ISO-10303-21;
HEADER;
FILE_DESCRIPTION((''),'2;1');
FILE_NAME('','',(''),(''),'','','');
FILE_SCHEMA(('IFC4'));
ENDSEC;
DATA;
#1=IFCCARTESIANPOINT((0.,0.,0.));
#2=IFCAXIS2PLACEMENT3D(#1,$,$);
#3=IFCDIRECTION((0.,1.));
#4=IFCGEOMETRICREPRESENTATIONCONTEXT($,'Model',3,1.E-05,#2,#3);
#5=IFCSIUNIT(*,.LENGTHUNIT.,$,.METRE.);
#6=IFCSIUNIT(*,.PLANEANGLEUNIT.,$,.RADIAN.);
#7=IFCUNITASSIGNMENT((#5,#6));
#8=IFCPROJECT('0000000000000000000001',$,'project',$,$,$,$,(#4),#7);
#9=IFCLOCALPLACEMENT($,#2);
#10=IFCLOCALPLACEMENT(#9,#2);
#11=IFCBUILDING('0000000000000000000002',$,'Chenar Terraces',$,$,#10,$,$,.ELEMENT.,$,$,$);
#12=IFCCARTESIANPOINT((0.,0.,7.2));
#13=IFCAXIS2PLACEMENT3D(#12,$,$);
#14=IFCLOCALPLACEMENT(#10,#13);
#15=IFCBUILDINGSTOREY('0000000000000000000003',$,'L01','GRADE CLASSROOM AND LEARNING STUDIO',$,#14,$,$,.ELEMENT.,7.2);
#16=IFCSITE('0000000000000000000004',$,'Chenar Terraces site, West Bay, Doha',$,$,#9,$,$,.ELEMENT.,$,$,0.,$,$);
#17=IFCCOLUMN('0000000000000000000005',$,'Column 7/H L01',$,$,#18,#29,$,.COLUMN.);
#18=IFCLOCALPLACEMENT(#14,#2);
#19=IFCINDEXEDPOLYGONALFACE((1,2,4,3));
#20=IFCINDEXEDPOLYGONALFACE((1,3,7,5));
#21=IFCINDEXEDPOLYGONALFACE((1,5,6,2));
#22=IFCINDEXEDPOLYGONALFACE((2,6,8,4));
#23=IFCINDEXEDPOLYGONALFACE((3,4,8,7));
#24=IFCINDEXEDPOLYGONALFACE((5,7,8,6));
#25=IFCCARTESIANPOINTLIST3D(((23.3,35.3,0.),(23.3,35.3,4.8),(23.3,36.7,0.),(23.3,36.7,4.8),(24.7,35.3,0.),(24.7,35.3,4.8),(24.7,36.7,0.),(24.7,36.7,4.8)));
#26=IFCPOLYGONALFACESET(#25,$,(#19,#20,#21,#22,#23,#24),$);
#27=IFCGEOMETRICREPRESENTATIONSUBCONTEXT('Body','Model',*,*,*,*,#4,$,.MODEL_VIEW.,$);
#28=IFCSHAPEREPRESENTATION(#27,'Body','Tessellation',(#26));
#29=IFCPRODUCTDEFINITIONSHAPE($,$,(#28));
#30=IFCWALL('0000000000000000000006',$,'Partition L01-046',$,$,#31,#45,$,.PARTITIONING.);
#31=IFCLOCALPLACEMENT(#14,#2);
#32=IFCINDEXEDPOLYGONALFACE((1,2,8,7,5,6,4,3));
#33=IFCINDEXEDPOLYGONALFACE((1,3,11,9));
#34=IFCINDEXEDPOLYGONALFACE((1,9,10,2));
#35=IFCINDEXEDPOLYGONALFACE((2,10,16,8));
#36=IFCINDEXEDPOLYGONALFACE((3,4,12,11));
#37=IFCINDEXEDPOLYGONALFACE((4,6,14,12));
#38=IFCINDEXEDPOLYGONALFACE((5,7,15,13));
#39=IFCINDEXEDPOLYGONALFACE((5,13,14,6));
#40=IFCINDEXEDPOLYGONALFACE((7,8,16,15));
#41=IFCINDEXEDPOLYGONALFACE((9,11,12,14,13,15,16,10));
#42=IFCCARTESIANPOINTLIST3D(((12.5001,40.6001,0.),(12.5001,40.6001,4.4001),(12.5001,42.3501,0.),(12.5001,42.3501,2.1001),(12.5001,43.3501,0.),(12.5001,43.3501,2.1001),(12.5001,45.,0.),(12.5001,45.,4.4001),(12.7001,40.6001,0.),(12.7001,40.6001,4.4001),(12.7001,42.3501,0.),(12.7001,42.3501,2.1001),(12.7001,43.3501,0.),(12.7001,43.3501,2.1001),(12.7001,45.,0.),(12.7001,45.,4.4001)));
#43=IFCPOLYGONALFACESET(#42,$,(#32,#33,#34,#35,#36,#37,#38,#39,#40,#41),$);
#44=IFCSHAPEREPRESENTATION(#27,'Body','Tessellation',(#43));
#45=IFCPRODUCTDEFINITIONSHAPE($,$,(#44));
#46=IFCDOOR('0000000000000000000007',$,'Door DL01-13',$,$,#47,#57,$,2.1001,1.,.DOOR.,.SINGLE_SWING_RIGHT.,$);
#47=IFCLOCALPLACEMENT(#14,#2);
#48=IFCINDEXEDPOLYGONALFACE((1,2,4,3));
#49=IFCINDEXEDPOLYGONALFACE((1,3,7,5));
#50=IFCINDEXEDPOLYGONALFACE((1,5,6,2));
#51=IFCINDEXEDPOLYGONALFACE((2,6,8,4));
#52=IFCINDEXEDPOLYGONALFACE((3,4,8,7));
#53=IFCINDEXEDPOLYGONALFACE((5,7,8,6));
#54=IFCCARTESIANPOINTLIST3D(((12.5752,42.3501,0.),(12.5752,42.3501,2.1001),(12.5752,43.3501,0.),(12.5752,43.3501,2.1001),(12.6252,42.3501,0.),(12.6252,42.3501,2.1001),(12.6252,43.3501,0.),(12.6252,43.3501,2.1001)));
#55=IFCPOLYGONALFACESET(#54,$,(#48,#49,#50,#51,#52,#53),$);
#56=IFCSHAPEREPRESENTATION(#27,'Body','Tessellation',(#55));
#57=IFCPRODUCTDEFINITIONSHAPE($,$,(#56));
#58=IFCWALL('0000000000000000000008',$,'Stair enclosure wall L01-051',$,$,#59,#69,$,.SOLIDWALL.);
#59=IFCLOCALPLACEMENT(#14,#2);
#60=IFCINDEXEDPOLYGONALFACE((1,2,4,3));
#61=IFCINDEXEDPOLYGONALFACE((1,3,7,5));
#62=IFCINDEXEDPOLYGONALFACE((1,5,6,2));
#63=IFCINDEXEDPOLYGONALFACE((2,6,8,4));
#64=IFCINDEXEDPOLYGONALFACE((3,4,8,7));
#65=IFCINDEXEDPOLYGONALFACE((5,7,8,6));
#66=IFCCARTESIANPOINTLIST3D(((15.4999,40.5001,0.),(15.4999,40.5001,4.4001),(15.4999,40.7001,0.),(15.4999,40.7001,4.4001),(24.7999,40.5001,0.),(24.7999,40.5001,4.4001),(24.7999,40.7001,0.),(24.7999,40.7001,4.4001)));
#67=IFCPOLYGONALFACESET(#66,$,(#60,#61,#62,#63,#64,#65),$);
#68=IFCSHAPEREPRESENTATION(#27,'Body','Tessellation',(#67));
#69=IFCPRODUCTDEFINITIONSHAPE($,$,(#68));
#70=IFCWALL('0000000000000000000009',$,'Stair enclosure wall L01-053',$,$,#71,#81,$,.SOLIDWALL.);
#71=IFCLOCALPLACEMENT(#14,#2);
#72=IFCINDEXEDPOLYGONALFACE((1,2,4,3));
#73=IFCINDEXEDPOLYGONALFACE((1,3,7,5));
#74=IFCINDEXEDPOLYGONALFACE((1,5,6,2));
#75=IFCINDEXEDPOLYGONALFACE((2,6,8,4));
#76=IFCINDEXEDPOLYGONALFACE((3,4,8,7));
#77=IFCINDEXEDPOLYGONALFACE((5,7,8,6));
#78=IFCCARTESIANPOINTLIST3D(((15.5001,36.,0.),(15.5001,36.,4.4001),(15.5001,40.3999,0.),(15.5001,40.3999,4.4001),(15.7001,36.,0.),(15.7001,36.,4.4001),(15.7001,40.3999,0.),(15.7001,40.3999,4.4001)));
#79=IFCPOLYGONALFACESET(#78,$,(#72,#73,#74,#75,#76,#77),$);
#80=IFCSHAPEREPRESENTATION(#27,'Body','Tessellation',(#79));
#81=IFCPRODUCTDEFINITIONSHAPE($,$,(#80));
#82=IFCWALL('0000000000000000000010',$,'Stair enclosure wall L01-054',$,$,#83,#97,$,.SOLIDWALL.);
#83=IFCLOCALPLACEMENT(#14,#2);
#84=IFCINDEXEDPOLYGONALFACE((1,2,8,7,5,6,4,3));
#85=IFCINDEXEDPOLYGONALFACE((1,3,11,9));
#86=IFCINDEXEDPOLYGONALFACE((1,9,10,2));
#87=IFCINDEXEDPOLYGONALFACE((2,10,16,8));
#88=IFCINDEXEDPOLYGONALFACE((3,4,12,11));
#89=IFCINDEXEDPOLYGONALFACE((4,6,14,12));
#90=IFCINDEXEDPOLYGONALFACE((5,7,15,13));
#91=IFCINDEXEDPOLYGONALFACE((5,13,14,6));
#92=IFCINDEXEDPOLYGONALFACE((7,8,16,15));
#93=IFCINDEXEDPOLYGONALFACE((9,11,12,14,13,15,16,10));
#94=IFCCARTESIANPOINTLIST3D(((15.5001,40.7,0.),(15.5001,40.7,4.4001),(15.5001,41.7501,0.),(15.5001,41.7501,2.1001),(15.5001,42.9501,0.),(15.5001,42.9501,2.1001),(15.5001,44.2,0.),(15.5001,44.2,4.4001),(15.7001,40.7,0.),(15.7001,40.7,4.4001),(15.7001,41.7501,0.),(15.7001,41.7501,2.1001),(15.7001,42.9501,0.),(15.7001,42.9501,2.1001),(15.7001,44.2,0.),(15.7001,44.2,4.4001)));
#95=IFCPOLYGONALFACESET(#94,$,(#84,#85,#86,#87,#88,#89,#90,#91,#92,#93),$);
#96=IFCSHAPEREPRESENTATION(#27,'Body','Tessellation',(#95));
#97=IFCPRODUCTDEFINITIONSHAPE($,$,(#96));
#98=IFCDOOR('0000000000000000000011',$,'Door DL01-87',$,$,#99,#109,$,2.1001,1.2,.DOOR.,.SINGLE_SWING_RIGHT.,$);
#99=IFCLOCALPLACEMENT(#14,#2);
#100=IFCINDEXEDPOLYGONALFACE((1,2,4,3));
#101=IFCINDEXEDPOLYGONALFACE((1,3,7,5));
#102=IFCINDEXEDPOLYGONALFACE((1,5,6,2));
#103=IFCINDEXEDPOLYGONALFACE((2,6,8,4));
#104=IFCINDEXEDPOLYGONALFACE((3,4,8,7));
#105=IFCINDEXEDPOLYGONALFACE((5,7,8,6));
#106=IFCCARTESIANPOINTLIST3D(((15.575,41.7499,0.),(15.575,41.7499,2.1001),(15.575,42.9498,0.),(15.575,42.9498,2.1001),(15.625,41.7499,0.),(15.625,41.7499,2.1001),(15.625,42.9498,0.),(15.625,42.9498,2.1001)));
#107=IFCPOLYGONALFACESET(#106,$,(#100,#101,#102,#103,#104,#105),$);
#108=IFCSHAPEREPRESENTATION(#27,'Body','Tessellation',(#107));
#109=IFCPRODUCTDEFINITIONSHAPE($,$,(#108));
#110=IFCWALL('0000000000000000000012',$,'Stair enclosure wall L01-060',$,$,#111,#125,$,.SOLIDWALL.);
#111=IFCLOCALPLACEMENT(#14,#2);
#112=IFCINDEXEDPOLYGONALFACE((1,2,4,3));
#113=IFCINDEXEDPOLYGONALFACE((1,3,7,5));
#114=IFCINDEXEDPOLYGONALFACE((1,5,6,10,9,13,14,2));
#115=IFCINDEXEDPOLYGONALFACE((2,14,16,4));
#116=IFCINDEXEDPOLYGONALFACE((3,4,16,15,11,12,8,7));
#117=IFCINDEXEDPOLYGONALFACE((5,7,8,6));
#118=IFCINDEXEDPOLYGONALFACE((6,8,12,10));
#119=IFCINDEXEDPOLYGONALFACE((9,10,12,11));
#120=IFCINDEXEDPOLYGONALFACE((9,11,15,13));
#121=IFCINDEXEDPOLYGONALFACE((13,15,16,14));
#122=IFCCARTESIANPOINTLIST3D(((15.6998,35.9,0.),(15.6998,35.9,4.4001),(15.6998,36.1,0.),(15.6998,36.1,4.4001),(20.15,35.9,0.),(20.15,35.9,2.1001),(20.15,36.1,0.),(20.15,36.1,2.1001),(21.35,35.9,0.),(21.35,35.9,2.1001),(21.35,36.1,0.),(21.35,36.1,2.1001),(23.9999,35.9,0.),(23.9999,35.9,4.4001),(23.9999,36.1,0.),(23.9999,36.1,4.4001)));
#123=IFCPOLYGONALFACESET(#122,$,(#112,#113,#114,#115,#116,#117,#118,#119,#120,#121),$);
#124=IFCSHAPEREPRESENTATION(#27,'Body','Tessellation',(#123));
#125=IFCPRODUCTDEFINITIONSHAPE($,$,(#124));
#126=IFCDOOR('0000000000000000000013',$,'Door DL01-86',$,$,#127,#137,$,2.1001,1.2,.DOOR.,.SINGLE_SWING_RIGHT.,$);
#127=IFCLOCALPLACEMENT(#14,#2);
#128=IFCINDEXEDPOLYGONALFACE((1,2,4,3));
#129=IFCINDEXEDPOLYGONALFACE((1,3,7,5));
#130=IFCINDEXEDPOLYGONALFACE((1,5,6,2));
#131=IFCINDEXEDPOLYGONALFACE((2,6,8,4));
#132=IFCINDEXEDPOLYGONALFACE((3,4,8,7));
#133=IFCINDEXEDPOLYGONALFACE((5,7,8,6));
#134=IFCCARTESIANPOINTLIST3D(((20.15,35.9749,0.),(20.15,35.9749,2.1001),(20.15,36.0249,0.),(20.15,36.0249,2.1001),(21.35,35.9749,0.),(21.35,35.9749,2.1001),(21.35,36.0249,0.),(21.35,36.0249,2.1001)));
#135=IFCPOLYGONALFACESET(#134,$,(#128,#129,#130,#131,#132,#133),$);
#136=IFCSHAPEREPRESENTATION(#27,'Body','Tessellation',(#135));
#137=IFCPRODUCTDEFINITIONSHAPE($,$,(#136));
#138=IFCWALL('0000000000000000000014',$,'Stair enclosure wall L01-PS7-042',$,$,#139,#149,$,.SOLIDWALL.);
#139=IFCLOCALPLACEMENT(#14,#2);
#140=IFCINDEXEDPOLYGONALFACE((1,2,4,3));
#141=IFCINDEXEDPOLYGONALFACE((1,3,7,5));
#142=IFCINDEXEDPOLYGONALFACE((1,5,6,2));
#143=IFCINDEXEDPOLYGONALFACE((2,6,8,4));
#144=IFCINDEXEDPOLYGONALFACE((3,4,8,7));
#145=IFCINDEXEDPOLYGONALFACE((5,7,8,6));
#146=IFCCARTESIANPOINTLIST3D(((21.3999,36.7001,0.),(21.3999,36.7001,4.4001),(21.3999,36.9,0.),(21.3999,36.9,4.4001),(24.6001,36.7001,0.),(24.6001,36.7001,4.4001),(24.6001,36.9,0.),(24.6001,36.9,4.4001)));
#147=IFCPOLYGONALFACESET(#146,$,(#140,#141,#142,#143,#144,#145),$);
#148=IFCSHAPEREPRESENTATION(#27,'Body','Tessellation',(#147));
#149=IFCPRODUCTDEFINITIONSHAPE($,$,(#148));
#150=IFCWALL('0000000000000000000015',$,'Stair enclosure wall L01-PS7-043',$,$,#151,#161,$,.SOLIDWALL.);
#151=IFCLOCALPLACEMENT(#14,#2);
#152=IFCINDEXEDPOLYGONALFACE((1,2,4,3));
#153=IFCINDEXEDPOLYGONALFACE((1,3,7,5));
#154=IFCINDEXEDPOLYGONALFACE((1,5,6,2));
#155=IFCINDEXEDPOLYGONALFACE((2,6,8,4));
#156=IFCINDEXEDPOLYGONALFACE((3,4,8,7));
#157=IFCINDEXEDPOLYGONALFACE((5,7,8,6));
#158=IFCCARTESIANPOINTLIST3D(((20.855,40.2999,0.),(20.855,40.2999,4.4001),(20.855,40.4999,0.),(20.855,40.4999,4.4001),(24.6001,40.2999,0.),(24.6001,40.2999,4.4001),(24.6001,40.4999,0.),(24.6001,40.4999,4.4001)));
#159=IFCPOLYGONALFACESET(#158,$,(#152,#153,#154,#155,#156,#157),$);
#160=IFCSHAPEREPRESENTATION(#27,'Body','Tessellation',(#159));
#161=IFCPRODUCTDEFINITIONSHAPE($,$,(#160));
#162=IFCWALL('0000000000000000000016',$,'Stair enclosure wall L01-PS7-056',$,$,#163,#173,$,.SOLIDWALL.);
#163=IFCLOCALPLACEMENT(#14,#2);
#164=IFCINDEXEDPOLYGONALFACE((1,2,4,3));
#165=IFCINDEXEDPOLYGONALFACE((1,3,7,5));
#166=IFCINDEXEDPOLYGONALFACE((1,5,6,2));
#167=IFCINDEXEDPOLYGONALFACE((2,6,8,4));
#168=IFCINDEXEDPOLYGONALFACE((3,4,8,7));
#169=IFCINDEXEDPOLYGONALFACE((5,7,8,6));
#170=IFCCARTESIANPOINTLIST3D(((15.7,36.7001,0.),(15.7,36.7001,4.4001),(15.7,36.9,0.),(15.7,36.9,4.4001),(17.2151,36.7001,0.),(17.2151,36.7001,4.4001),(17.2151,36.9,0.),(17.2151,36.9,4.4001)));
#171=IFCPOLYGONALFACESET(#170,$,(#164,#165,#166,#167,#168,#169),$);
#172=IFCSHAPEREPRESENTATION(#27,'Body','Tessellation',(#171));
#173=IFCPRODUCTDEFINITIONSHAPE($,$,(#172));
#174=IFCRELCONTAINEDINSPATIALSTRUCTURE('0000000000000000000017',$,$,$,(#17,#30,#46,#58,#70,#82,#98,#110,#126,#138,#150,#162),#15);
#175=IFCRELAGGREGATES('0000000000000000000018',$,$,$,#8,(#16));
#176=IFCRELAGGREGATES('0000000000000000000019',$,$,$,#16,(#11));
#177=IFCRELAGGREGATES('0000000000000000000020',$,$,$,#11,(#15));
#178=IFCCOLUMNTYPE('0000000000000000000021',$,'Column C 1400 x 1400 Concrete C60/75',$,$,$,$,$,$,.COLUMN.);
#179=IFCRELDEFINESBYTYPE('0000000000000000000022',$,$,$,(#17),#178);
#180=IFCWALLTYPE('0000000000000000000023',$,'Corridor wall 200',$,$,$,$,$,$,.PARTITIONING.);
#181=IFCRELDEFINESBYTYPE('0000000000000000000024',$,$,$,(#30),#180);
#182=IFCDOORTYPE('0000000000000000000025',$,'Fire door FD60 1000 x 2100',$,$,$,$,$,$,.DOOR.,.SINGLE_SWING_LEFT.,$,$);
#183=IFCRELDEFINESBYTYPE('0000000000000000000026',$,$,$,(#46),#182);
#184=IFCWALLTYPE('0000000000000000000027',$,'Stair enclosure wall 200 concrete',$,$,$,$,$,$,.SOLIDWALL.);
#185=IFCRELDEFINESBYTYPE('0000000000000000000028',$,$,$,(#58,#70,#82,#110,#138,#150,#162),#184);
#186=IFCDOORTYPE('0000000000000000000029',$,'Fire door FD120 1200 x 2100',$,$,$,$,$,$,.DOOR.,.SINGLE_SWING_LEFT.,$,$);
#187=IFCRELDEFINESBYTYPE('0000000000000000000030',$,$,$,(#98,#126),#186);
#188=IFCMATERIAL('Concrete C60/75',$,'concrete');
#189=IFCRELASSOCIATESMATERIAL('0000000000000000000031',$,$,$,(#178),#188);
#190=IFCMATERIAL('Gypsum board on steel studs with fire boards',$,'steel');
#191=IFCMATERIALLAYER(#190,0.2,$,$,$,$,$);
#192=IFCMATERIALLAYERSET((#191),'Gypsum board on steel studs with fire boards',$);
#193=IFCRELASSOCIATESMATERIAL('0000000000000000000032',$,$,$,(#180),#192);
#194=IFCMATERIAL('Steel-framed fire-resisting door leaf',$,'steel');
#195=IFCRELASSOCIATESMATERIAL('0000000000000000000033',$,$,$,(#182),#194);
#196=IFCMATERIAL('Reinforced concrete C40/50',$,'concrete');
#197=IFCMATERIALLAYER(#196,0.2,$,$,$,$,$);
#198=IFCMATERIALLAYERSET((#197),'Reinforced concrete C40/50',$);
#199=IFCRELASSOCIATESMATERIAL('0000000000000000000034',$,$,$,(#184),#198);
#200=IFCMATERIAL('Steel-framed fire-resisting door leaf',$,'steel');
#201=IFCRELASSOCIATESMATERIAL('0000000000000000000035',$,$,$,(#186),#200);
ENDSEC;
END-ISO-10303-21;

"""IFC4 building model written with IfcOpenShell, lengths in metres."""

from ifc_helpers import new_model, si_unit, direction, frame, frame_2d, origin, origin_2d, place, context, subcontext, project, spatial, rectangle, extrude, material, layer, layer_set, material_profile, profile_set, type_object, element, fill, save


model = new_model("IFC4")

# Units and contexts
model_context = context("Model", 3, precision=1e-05, world=origin(), true_north=direction((0.0, 1.0)))
body_context = subcontext(model_context, "Body", "Model", "MODEL_VIEW")
ifc_project = project(units=[si_unit("LENGTHUNIT", "METRE"), si_unit("PLANEANGLEUNIT", "RADIAN")], contexts=[model_context])

# Site, building, storey
site_placement = place(None, origin())
site = spatial("IfcSite", under=ifc_project, at=site_placement, Name="Chenar Terraces site, West Bay, Doha", CompositionType="ELEMENT", RefElevation=0.0)
building_placement = place(site_placement, origin())
building = spatial("IfcBuilding", under=site, at=building_placement, Name="Chenar Terraces", CompositionType="ELEMENT")
storey_placement = place(building_placement, frame((0.0, 0.0, 7.2)))
storey = spatial("IfcBuildingStorey", under=building, at=storey_placement, Name="L01", Description="GRADE CLASSROOM AND LEARNING STUDIO", CompositionType="ELEMENT", Elevation=7.2)

# Column
ifc_material_1 = material(Name="Concrete C60/75", Category="concrete")
ifc_material_profile = material_profile(ifc_material_1, rectangle(XDim=1.3999, YDim=1.3999, at=origin_2d()), Name="C 1400 x 1400")
ifc_profile_set = profile_set([ifc_material_profile], Name="Concrete C60/75")
column_type = type_object("IfcColumnType", Name="Column C 1400 x 1400 Concrete C60/75", PredefinedType="COLUMN", material=ifc_profile_set)
column_placement = place(storey_placement, frame((24.0, 36.0, 0.0), z_axis=(0.0, 0.0, 1.0), x_axis=(1.0, 0.0, 0.0)))
element("IfcColumn", 1, at=column_placement, inside=storey, type_object=column_type, Name="Column 7/H L01", PredefinedType="COLUMN", context=body_context, shape_type="SweptSolid", body=[
    extrude(rectangle(XDim=1.3999, YDim=1.3999, at=origin_2d()), origin(), (0.0, 0.0, 1.0), 4.8),
])

# Wall, opening, door
ifc_material_2 = material(Name="Gypsum board on steel studs with fire boards", Category="steel")
ifc_layer_1 = layer(ifc_material_2, 0.2)
ifc_layer_set_1 = layer_set([ifc_layer_1], Name="Gypsum board on steel studs with fire boards")
wall_type_1 = type_object("IfcWallType", Name="Corridor wall 200", PredefinedType="PARTITIONING", material=ifc_layer_set_1)
wall_1_placement = place(storey_placement, frame((12.6001, 40.6001, 0.0), z_axis=(0.0, 0.0, 1.0), x_axis=(0.0, 1.0, 0.0)))
wall_1 = element("IfcWall", 2, at=wall_1_placement, inside=storey, type_object=wall_type_1, Name="Partition L01-046", PredefinedType="PARTITIONING", context=body_context, shape_type="SweptSolid", body=[
    extrude(rectangle(XDim=4.3999, YDim=0.2, at=frame_2d((2.2, 0.0))), origin(), (0.0, 0.0, 1.0), 4.4001),
])
opening_1_placement = place(wall_1_placement, frame((1.75, 0.0, 0.0)))
opening_1 = element("IfcOpeningElement", 3, at=opening_1_placement, cuts=wall_1, PredefinedType="OPENING", context=body_context, shape_type="SweptSolid", body=[
    extrude(rectangle(XDim=1.0, YDim=2.1001, at=frame_2d((0.5, 1.05))), frame((0.0, 0.1099, 0.0), z_axis=(0.0, -1.0, 0.0), x_axis=(1.0, 0.0, 0.0)), (0.0, 0.0, 1.0), 0.22),
])
ifc_material_3 = material(Name="Steel-framed fire-resisting door leaf", Category="steel")
door_type_1 = type_object("IfcDoorType", Name="Fire door FD60 1000 x 2100", OperationType="SINGLE_SWING_LEFT", PredefinedType="DOOR", material=ifc_material_3)
door_1_placement = place(opening_1_placement, origin())
door_1 = element("IfcDoor", 4, at=door_1_placement, inside=storey, type_object=door_type_1, Name="Door DL01-13", OperationType="SINGLE_SWING_RIGHT", OverallHeight=2.1001, OverallWidth=1.0, PredefinedType="DOOR", context=body_context, shape_type="SweptSolid", body=[
    extrude(rectangle(XDim=1.0, YDim=2.1001, at=frame_2d((0.5, 1.05))), frame((0.0, 0.0249, 0.0), z_axis=(0.0, -1.0, 0.0), x_axis=(1.0, 0.0, 0.0)), (0.0, 0.0, 1.0), 0.05),
])
fill(opening_1, door_1)

# Walls
ifc_material_4 = material(Name="Reinforced concrete C40/50", Category="concrete")
ifc_layer_2 = layer(ifc_material_4, 0.2)
ifc_layer_set_2 = layer_set([ifc_layer_2], Name="Reinforced concrete C40/50")
wall_type_2 = type_object("IfcWallType", Name="Stair enclosure wall 200 concrete", PredefinedType="SOLIDWALL", material=ifc_layer_set_2)
wall_2_placement = place(storey_placement, frame((15.5, 40.6001, 0.0), z_axis=(0.0, 0.0, 1.0), x_axis=(1.0, 0.0, 0.0)))
element("IfcWall", 5, at=wall_2_placement, inside=storey, type_object=wall_type_2, Name="Stair enclosure wall L01-051", PredefinedType="SOLIDWALL", context=body_context, shape_type="SweptSolid", body=[
    extrude(rectangle(XDim=9.3, YDim=0.2, at=frame_2d((4.6499, 0.0))), origin(), (0.0, 0.0, 1.0), 4.4001),
])
wall_3_placement = place(storey_placement, frame((15.6001, 36.0, 0.0), z_axis=(0.0, 0.0, 1.0), x_axis=(0.0, 1.0, 0.0)))
element("IfcWall", 6, at=wall_3_placement, inside=storey, type_object=wall_type_2, Name="Stair enclosure wall L01-053", PredefinedType="SOLIDWALL", context=body_context, shape_type="SweptSolid", body=[
    extrude(rectangle(XDim=4.3999, YDim=0.2, at=frame_2d((2.2, 0.0))), origin(), (0.0, 0.0, 1.0), 4.4001),
])

# Walls, openings, doors
wall_4_placement = place(storey_placement, frame((15.6001, 40.7, 0.0), z_axis=(0.0, 0.0, 1.0), x_axis=(0.0, 1.0, 0.0)))
wall_4 = element("IfcWall", 7, at=wall_4_placement, inside=storey, type_object=wall_type_2, Name="Stair enclosure wall L01-054", PredefinedType="SOLIDWALL", context=body_context, shape_type="SweptSolid", body=[
    extrude(rectangle(XDim=3.5, YDim=0.2, at=frame_2d((1.75, 0.0))), origin(), (0.0, 0.0, 1.0), 4.4001),
])
opening_2_placement = place(wall_4_placement, frame((1.05, 0.0, 0.0)))
opening_2 = element("IfcOpeningElement", 8, at=opening_2_placement, cuts=wall_4, PredefinedType="OPENING", context=body_context, shape_type="SweptSolid", body=[
    extrude(rectangle(XDim=1.2, YDim=2.1001, at=frame_2d((0.6001, 1.05))), frame((0.0, 0.1099, 0.0), z_axis=(0.0, -1.0, 0.0), x_axis=(1.0, 0.0, 0.0)), (0.0, 0.0, 1.0), 0.22),
])
ifc_material_5 = material(Name="Steel-framed fire-resisting door leaf", Category="steel")
door_type_2 = type_object("IfcDoorType", Name="Fire door FD120 1200 x 2100", OperationType="SINGLE_SWING_LEFT", PredefinedType="DOOR", material=ifc_material_5)
door_2_placement = place(opening_2_placement, frame((1.2, 0.0, 0.0), z_axis=(0.0, 0.0, 1.0), x_axis=(-1.0, 0.0, 0.0)))
door_2 = element("IfcDoor", 9, at=door_2_placement, inside=storey, type_object=door_type_2, Name="Door DL01-87", OperationType="SINGLE_SWING_RIGHT", OverallHeight=2.1001, OverallWidth=1.2, PredefinedType="DOOR", context=body_context, shape_type="SweptSolid", body=[
    extrude(rectangle(XDim=1.2, YDim=2.1001, at=frame_2d((0.6001, 1.05))), frame((0.0, 0.0249, 0.0), z_axis=(0.0, -1.0, 0.0), x_axis=(1.0, 0.0, 0.0)), (0.0, 0.0, 1.0), 0.05),
])
fill(opening_2, door_2)
wall_5_placement = place(storey_placement, frame((15.7, 36.0, 0.0), z_axis=(0.0, 0.0, 1.0), x_axis=(1.0, 0.0, 0.0)))
wall_5 = element("IfcWall", 10, at=wall_5_placement, inside=storey, type_object=wall_type_2, Name="Stair enclosure wall L01-060", PredefinedType="SOLIDWALL", context=body_context, shape_type="SweptSolid", body=[
    extrude(rectangle(XDim=8.3, YDim=0.2, at=frame_2d((4.1499, 0.0))), origin(), (0.0, 0.0, 1.0), 4.4001),
])
opening_3_placement = place(wall_5_placement, frame((4.45, 0.0, 0.0)))
opening_3 = element("IfcOpeningElement", 11, at=opening_3_placement, cuts=wall_5, PredefinedType="OPENING", context=body_context, shape_type="SweptSolid", body=[
    extrude(rectangle(XDim=1.2, YDim=2.1001, at=frame_2d((0.6001, 1.05))), frame((0.0, 0.1099, 0.0), z_axis=(0.0, -1.0, 0.0), x_axis=(1.0, 0.0, 0.0)), (0.0, 0.0, 1.0), 0.22),
])
door_3_placement = place(opening_3_placement, origin())
door_3 = element("IfcDoor", 12, at=door_3_placement, inside=storey, type_object=door_type_2, Name="Door DL01-86", OperationType="SINGLE_SWING_RIGHT", OverallHeight=2.1001, OverallWidth=1.2, PredefinedType="DOOR", context=body_context, shape_type="SweptSolid", body=[
    extrude(rectangle(XDim=1.2, YDim=2.1001, at=frame_2d((0.6001, 1.05))), frame((0.0, 0.0249, 0.0), z_axis=(0.0, -1.0, 0.0), x_axis=(1.0, 0.0, 0.0)), (0.0, 0.0, 1.0), 0.05),
])
fill(opening_3, door_3)

# Walls
wall_6_placement = place(storey_placement, frame((21.3999, 36.8, 0.0), z_axis=(0.0, 0.0, 1.0), x_axis=(1.0, 0.0, 0.0)))
element("IfcWall", 13, at=wall_6_placement, inside=storey, type_object=wall_type_2, Name="Stair enclosure wall L01-PS7-042", PredefinedType="SOLIDWALL", context=body_context, shape_type="SweptSolid", body=[
    extrude(rectangle(XDim=3.2002, YDim=0.2, at=frame_2d((1.6001, 0.0))), origin(), (0.0, 0.0, 1.0), 4.4001),
])
wall_7_placement = place(storey_placement, frame((20.855, 40.3999, 0.0), z_axis=(0.0, 0.0, 1.0), x_axis=(1.0, 0.0, 0.0)))
element("IfcWall", 14, at=wall_7_placement, inside=storey, type_object=wall_type_2, Name="Stair enclosure wall L01-PS7-043", PredefinedType="SOLIDWALL", context=body_context, shape_type="SweptSolid", body=[
    extrude(rectangle(XDim=3.7451, YDim=0.2, at=frame_2d((1.8726, 0.0))), origin(), (0.0, 0.0, 1.0), 4.4001),
])
for number, where, z_axis, x_axis, name in (
    (15, (15.7, 36.8, 0.0), (0.0, 0.0, 1.0), (1.0, 0.0, 0.0), "Stair enclosure wall L01-PS7-056"),
):
    element("IfcWall", number, at=place(storey_placement, frame(where, z_axis=z_axis, x_axis=x_axis)), inside=storey, type_object=wall_type_2, Name=name, PredefinedType="SOLIDWALL", context=body_context, shape_type="SweptSolid", body=[
        extrude(rectangle(XDim=1.5151, YDim=0.2, at=frame_2d((0.7576, 0.0))), origin(), (0.0, 0.0, 1.0), 4.4001),
    ])

save(model, "model.ifc")
